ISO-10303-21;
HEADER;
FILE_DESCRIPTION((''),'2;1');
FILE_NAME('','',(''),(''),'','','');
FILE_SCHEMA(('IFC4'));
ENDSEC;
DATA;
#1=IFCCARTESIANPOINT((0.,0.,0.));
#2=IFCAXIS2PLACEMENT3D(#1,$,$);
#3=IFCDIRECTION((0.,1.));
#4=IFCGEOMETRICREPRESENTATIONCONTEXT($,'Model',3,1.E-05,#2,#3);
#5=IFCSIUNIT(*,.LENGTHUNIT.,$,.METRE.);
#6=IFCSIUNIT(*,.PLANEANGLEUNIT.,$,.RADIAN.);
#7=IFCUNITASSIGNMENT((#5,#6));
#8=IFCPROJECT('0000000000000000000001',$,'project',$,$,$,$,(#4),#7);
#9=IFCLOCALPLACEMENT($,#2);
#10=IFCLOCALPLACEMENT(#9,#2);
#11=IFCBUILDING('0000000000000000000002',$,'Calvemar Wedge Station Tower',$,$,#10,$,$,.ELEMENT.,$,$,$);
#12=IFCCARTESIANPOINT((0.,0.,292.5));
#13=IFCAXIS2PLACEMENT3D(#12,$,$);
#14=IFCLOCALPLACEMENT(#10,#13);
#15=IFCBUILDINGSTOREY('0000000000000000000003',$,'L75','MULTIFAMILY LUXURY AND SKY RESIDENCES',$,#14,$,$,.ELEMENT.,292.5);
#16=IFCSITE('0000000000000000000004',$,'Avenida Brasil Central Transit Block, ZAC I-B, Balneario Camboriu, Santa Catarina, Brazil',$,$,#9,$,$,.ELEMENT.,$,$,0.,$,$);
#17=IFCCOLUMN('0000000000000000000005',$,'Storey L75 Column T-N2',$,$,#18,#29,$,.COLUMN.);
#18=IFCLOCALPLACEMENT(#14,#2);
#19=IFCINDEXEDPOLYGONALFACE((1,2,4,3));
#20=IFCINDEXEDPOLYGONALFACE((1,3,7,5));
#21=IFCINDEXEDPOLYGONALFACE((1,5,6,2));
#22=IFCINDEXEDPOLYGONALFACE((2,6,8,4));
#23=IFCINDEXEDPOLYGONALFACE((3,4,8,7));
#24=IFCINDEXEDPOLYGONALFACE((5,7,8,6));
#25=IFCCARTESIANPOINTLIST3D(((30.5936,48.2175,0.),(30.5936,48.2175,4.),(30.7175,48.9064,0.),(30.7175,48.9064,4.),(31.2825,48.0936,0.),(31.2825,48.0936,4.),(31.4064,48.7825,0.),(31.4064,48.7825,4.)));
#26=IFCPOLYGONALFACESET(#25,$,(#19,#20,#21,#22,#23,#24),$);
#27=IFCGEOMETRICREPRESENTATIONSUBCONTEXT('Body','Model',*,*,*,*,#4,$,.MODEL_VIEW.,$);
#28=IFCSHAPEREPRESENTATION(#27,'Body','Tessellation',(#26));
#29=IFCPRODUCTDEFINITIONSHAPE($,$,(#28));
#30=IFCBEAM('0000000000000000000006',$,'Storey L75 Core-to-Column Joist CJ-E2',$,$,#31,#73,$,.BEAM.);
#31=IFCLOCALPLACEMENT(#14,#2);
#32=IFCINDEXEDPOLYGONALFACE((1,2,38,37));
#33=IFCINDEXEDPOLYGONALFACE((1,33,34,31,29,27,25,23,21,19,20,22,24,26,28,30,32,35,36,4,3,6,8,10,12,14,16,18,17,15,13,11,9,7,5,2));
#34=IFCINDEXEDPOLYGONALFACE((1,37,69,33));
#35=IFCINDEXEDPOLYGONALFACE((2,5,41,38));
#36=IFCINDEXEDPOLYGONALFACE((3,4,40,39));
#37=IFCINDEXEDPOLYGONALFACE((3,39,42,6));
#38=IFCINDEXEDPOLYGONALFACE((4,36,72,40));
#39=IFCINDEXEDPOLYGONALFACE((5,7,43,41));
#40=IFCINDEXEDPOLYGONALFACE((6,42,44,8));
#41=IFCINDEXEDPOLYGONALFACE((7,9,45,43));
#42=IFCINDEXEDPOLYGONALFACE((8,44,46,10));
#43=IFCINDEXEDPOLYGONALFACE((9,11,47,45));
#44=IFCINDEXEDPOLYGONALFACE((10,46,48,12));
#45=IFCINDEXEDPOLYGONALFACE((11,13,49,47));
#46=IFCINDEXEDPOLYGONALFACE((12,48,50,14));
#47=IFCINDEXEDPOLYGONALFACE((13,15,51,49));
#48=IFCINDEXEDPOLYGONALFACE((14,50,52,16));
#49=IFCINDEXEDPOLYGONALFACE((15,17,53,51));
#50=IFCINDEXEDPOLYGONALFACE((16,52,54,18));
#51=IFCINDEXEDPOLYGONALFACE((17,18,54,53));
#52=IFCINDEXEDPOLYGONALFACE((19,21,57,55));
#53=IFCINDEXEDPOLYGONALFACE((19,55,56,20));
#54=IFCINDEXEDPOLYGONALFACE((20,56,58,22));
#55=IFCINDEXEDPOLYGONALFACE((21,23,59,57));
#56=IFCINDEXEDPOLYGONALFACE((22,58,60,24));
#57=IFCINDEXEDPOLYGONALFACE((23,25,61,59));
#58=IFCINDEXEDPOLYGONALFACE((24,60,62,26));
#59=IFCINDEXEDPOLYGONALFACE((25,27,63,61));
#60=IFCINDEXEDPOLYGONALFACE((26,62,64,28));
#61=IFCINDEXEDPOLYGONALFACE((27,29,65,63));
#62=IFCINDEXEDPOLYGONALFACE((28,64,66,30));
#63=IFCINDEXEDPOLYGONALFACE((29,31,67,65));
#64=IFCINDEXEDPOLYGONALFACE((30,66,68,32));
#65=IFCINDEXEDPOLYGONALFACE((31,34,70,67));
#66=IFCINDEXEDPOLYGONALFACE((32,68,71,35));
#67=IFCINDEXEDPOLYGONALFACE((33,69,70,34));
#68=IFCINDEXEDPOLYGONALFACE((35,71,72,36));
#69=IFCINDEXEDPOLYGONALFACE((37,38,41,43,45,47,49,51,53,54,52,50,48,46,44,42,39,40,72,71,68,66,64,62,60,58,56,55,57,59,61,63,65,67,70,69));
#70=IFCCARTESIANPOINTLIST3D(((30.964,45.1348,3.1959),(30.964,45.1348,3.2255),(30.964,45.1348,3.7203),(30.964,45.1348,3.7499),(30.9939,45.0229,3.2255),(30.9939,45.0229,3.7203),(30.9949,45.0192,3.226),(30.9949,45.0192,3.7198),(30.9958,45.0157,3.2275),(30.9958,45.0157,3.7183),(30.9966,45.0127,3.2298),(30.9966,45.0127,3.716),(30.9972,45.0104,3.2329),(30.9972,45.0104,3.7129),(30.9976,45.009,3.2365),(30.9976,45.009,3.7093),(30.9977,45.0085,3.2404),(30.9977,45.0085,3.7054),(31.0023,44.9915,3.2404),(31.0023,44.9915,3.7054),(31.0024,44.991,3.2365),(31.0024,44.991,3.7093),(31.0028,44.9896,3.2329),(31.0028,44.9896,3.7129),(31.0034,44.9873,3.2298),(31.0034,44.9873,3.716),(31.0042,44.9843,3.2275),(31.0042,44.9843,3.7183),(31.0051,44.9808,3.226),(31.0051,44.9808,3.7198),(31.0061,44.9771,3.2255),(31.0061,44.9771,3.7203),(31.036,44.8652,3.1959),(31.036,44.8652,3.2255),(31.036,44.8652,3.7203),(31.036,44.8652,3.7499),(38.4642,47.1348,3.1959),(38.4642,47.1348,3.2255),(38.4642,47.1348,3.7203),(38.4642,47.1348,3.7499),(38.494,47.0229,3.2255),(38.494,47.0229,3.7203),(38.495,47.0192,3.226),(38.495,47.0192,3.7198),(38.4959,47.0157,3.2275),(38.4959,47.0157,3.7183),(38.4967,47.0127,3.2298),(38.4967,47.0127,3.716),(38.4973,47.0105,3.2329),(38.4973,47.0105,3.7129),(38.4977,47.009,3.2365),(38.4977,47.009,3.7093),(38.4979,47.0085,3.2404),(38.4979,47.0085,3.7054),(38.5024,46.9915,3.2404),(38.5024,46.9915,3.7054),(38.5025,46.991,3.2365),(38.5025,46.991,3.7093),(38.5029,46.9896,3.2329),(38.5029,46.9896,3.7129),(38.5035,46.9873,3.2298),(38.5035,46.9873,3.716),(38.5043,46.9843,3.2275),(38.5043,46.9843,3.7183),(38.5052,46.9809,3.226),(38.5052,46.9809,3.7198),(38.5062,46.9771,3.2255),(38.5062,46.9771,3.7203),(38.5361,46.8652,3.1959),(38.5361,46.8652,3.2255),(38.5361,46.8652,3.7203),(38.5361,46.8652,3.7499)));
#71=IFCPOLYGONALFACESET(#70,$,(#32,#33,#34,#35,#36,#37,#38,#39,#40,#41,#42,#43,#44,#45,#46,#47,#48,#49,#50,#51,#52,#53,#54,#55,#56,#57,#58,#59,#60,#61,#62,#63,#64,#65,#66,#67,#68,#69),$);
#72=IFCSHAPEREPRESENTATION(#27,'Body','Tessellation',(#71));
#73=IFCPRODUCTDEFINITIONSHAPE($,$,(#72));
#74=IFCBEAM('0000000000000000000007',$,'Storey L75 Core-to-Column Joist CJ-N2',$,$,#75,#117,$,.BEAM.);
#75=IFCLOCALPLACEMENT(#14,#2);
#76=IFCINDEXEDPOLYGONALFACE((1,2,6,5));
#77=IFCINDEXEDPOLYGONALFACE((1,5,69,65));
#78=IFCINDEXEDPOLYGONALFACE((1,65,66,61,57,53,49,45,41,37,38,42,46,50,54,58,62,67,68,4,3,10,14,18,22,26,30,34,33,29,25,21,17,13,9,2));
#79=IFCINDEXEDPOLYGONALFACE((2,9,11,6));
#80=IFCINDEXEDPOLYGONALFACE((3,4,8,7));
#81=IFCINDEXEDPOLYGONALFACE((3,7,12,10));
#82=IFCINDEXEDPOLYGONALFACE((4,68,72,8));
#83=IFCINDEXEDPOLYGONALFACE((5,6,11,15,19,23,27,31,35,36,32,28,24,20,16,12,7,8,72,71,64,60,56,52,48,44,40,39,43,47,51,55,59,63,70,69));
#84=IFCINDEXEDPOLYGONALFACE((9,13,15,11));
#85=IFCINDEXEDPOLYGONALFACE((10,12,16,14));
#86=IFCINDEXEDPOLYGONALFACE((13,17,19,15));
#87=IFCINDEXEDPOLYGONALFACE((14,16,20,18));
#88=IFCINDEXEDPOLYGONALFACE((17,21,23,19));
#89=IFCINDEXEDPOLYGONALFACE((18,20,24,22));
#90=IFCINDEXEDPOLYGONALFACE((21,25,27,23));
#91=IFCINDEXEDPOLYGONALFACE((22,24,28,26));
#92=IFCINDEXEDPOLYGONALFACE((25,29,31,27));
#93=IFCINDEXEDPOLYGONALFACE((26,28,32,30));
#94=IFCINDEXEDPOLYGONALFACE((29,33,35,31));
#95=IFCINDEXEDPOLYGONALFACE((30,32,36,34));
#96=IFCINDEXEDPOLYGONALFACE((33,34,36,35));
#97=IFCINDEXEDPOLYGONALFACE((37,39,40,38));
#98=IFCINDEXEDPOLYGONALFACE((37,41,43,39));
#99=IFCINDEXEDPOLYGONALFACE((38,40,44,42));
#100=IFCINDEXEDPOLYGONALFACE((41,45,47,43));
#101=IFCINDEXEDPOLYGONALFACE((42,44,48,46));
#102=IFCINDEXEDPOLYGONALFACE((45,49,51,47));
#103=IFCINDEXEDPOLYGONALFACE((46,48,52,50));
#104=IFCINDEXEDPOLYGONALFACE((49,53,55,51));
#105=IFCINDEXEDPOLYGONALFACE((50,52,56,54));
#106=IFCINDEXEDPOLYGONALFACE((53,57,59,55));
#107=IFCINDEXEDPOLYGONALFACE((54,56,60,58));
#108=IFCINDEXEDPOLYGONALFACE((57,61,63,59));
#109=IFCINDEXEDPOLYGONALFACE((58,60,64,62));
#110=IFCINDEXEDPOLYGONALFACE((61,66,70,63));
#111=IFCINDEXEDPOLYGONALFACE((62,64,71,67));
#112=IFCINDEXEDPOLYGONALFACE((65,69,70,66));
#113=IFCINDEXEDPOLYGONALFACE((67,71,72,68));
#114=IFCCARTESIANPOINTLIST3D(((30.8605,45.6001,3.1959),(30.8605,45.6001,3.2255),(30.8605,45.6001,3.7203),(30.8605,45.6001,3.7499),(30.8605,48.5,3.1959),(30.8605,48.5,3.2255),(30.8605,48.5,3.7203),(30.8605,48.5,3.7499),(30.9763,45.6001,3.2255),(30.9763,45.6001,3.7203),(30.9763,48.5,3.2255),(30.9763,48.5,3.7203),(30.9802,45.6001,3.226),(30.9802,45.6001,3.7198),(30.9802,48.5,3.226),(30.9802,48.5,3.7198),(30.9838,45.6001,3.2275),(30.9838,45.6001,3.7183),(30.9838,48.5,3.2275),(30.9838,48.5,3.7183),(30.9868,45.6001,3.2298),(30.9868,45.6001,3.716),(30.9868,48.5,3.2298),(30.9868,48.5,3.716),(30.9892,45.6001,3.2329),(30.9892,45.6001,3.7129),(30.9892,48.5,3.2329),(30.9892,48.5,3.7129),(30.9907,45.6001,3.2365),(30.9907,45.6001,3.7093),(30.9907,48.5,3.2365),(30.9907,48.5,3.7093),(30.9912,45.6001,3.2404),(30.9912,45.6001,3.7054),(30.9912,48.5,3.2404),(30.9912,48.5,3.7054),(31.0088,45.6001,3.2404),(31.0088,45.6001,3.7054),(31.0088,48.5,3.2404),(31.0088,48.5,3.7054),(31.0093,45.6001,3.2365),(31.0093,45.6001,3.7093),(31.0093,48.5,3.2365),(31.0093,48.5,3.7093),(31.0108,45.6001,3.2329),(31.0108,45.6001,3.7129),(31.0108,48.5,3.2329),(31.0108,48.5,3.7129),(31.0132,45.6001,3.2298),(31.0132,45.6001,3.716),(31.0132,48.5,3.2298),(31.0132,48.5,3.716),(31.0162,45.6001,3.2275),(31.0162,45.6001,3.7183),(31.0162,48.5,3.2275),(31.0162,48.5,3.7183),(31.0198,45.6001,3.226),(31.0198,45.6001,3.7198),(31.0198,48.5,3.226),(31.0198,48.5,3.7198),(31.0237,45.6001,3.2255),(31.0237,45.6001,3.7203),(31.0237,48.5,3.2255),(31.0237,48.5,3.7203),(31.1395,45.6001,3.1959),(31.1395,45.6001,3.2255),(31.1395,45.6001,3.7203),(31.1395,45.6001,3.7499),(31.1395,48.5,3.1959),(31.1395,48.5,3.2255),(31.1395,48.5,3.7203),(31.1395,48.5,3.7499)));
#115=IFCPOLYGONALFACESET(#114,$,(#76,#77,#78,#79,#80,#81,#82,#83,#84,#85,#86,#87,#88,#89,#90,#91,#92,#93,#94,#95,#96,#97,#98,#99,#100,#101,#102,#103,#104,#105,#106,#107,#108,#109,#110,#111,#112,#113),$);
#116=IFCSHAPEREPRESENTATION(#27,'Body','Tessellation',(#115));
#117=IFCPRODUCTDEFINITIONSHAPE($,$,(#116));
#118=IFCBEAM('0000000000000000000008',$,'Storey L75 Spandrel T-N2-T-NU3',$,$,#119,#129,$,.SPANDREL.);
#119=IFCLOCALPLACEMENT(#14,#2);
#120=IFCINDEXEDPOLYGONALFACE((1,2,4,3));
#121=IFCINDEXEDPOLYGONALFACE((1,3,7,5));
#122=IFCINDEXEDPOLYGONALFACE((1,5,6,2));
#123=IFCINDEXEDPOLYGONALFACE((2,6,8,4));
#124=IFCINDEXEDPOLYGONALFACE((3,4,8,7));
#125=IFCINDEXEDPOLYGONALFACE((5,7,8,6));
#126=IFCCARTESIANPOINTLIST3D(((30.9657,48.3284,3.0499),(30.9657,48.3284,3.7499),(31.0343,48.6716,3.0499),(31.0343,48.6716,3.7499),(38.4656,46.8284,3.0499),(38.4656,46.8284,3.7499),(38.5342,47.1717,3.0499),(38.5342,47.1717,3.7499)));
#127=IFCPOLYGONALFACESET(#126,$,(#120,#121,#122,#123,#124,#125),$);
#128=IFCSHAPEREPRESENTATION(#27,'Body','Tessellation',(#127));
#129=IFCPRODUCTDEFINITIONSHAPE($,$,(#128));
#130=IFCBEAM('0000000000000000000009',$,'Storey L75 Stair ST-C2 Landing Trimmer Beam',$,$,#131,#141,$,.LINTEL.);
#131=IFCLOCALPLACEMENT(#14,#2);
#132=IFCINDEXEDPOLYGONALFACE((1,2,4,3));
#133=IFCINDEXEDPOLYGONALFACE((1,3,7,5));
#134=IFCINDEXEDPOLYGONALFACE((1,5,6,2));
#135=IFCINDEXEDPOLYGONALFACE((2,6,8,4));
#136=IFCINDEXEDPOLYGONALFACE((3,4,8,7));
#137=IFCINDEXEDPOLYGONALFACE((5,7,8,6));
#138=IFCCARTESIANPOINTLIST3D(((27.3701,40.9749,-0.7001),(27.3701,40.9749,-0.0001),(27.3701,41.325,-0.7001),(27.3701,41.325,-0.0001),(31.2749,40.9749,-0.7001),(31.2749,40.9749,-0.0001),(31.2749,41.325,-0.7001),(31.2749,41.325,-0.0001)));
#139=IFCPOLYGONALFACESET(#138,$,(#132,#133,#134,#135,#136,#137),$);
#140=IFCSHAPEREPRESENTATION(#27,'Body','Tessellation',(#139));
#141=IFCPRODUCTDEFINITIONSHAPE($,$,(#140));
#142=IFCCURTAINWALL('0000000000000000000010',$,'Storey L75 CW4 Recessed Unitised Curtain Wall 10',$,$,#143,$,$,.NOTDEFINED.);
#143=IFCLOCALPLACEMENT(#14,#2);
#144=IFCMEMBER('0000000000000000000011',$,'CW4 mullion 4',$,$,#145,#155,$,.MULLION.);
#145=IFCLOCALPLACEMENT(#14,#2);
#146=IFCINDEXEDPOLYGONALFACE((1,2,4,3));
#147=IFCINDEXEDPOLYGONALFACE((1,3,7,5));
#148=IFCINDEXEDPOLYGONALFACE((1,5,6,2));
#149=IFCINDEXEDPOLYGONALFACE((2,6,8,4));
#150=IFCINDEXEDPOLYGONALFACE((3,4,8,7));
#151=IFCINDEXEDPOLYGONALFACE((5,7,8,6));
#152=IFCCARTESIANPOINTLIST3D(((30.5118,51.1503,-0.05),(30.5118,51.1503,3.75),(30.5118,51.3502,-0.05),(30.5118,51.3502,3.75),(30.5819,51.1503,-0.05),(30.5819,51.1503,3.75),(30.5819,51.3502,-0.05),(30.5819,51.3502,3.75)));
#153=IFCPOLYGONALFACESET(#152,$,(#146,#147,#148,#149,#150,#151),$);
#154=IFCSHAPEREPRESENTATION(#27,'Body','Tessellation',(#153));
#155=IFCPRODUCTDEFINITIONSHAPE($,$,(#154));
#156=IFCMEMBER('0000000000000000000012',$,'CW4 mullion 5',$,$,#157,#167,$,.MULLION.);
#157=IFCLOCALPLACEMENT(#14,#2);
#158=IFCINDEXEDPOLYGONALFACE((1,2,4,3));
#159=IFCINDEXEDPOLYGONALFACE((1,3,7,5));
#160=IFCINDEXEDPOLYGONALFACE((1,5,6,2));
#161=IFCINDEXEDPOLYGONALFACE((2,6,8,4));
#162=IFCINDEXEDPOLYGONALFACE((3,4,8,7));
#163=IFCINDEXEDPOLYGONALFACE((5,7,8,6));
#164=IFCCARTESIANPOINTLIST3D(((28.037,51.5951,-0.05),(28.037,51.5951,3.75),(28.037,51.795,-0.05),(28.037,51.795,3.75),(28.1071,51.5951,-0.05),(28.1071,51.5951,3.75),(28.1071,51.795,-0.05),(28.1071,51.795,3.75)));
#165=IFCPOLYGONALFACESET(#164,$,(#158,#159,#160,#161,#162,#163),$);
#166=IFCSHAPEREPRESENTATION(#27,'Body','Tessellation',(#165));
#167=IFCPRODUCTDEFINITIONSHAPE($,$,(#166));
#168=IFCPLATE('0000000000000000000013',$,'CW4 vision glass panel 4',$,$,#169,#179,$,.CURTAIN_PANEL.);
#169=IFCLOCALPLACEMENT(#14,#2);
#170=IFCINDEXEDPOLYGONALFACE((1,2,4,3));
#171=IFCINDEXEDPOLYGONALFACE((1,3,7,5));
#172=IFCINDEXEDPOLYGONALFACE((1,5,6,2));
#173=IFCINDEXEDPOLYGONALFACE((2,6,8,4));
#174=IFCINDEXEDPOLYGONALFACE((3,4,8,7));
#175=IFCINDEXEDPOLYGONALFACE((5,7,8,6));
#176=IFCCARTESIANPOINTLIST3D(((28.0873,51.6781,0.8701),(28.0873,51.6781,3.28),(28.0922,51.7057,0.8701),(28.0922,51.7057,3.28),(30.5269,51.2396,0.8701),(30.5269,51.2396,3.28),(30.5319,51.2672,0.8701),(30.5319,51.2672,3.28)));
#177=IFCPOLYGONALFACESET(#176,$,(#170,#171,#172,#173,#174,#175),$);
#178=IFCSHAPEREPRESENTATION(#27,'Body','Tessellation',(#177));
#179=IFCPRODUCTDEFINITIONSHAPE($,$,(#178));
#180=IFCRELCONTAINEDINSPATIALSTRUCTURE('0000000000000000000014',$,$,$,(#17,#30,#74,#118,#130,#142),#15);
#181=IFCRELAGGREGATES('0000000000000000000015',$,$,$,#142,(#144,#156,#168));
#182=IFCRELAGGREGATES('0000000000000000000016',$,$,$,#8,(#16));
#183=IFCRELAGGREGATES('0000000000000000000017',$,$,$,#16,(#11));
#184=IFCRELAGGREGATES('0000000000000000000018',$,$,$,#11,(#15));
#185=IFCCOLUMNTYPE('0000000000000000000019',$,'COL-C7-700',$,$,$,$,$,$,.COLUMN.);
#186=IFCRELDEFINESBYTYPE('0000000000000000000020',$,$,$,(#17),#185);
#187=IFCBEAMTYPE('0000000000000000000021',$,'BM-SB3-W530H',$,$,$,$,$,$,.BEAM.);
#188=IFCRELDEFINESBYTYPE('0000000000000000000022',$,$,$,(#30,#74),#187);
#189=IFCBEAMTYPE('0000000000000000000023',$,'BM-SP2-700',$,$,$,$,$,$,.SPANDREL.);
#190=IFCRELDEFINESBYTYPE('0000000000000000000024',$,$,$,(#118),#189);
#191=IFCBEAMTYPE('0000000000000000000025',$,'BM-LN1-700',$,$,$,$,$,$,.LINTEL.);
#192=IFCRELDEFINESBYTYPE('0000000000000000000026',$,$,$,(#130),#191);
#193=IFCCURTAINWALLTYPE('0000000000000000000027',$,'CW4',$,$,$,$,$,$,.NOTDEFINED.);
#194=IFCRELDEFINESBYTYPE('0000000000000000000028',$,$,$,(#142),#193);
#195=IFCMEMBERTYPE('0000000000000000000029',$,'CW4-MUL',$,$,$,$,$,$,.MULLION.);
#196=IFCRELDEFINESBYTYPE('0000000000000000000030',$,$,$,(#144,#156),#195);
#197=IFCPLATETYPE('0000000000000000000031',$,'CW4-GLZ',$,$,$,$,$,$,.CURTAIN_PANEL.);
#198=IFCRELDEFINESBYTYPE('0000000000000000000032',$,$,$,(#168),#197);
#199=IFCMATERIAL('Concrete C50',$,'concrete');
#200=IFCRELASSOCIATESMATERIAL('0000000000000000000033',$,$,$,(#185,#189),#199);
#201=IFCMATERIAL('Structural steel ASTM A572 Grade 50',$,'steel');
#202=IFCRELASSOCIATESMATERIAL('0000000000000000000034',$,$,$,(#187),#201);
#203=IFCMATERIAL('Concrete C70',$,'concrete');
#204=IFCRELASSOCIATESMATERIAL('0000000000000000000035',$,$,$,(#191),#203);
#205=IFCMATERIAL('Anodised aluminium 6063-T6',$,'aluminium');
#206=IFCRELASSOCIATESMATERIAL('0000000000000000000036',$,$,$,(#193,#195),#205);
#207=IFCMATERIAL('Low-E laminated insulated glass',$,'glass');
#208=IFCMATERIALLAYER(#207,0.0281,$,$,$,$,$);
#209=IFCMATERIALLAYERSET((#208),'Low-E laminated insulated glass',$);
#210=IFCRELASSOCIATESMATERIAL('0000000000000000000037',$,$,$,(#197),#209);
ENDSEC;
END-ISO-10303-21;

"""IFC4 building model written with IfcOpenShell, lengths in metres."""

from ifc_helpers import new_model, si_unit, direction, frame, frame_2d, origin, origin_2d, place, context, subcontext, project, spatial, rectangle, i_section, extrude, source, transform, mapped, material, layer, layer_set, material_profile, profile_set, type_object, element, aggregate, save


model = new_model("IFC4")

# Units and contexts
model_context = context("Model", 3, precision=1e-05, world=origin(), true_north=direction((0.0, 1.0)))
body_context = subcontext(model_context, "Body", "Model", "MODEL_VIEW")
ifc_project = project(units=[si_unit("LENGTHUNIT", "METRE"), si_unit("PLANEANGLEUNIT", "RADIAN")], contexts=[model_context])

# Site, building, storey
site_placement = place(None, origin())
site = spatial("IfcSite", under=ifc_project, at=site_placement, Name="Avenida Brasil Central Transit Block, ZAC I-B, Balneario Camboriu, Santa Catarina, Brazil", CompositionType="ELEMENT", RefElevation=0.0)
building_placement = place(site_placement, origin())
building = spatial("IfcBuilding", under=site, at=building_placement, Name="Calvemar Wedge Station Tower", CompositionType="ELEMENT")
storey_placement = place(building_placement, frame((0.0, 0.0, 292.5)))
storey = spatial("IfcBuildingStorey", under=building, at=storey_placement, Name="L75", Description="MULTIFAMILY LUXURY AND SKY RESIDENCES", CompositionType="ELEMENT", Elevation=292.5)

# Column
ifc_material_1 = material(Name="Concrete C50", Category="concrete")
ifc_material_profile_1 = material_profile(ifc_material_1, rectangle(XDim=0.7, YDim=0.7, at=origin_2d()), Name="RC700x700")
ifc_profile_set_1 = profile_set([ifc_material_profile_1], Name="Concrete C50")
column_type = type_object("IfcColumnType", Name="COL-C7-700", PredefinedType="COLUMN", material=ifc_profile_set_1)
shared_shape_1 = source(origin(), body_context, "Body", "SweptSolid", [
    extrude(rectangle(XDim=0.7, YDim=0.7, at=origin_2d()), origin(), (0.0, 0.0, 1.0), 4.0),
])
column_placement = place(storey_placement, frame((31.0, 48.5, 0.0), z_axis=(0.0, 0.0, 1.0), x_axis=(0.984196, -0.177085, 0.0)))
element("IfcColumn", 1, at=column_placement, inside=storey, type_object=column_type, Name="Storey L75 Column T-N2", PredefinedType="COLUMN", context=body_context, shape_type="MappedRepresentation", body=[
    mapped(shared_shape_1, transform((0.0, 0.0, 0.0), scale=1.0)),
])

# Beams
ifc_material_2 = material(Name="Structural steel ASTM A572 Grade 50", Category="steel")
ifc_material_profile_2 = material_profile(ifc_material_2, i_section(OverallWidth=0.2791, OverallDepth=0.554, WebThickness=0.0176, FlangeThickness=0.0295, FilletRadius=0.0149, at=origin_2d()), Name="W530x196")
ifc_profile_set_2 = profile_set([ifc_material_profile_2], Name="Structural steel ASTM A572 Grade 50")
beam_type_1 = type_object("IfcBeamType", Name="BM-SB3-W530H", PredefinedType="BEAM", material=ifc_profile_set_2)
shared_shape_2 = source(origin(), body_context, "Body", "SweptSolid", [
    extrude(i_section(OverallWidth=0.2791, OverallDepth=0.554, WebThickness=0.0176, FlangeThickness=0.0295, FilletRadius=0.0149, at=origin_2d()), origin(), (0.0, 0.0, 1.0), 7.7622),
])
beam_1_placement = place(storey_placement, frame((31.0, 45.0, 3.4729), z_axis=(0.966235, 0.257663, 0.0), x_axis=(-0.257663, 0.966235, 0.0)))
element("IfcBeam", 2, at=beam_1_placement, inside=storey, type_object=beam_type_1, Name="Storey L75 Core-to-Column Joist CJ-E2", PredefinedType="BEAM", context=body_context, shape_type="MappedRepresentation", body=[
    mapped(shared_shape_2, transform((0.0, 0.0, 0.0), scale=1.0)),
])
shared_shape_3 = source(origin(), body_context, "Body", "SweptSolid", [
    extrude(i_section(OverallWidth=0.2791, OverallDepth=0.554, WebThickness=0.0176, FlangeThickness=0.0295, FilletRadius=0.0149, at=origin_2d()), origin(), (0.0, 0.0, 1.0), 2.8999),
])
beam_2_placement = place(storey_placement, frame((31.0, 45.6001, 3.4729), z_axis=(0.0, 1.0, 0.0), x_axis=(-1.0, 0.0, 0.0)))
element("IfcBeam", 3, at=beam_2_placement, inside=storey, type_object=beam_type_1, Name="Storey L75 Core-to-Column Joist CJ-N2", PredefinedType="BEAM", context=body_context, shape_type="MappedRepresentation", body=[
    mapped(shared_shape_3, transform((0.0, 0.0, 0.0), scale=1.0)),
])
ifc_material_profile_3 = material_profile(ifc_material_1, rectangle(XDim=0.3501, YDim=0.7, at=origin_2d()), Name="RC350x700")
ifc_profile_set_3 = profile_set([ifc_material_profile_3], Name="Concrete C50")
beam_type_2 = type_object("IfcBeamType", Name="BM-SP2-700", PredefinedType="SPANDREL", material=ifc_profile_set_3)
shared_shape_4 = source(origin(), body_context, "Body", "SweptSolid", [
    extrude(rectangle(XDim=0.3501, YDim=0.7, at=origin_2d()), origin(), (0.0, 0.0, 1.0), 7.6484),
])
beam_3_placement = place(storey_placement, frame((31.0, 48.5, 3.3999), z_axis=(0.980581, -0.196116, 0.0), x_axis=(0.196116, 0.980581, 0.0)))
element("IfcBeam", 4, at=beam_3_placement, inside=storey, type_object=beam_type_2, Name="Storey L75 Spandrel T-N2-T-NU3", PredefinedType="SPANDREL", context=body_context, shape_type="MappedRepresentation", body=[
    mapped(shared_shape_4, transform((0.0, 0.0, 0.0), scale=1.0)),
])
ifc_material_3 = material(Name="Concrete C70", Category="concrete")
ifc_material_profile_4 = material_profile(ifc_material_3, rectangle(XDim=0.3501, YDim=0.7, at=origin_2d()), Name="RC350x700")
ifc_profile_set_4 = profile_set([ifc_material_profile_4], Name="Concrete C70")
beam_type_3 = type_object("IfcBeamType", Name="BM-LN1-700", PredefinedType="LINTEL", material=ifc_profile_set_4)
shared_shape_5 = source(origin(), body_context, "Body", "SweptSolid", [
    extrude(rectangle(XDim=0.3501, YDim=0.7, at=origin_2d()), origin(), (0.0, 0.0, 1.0), 3.9048),
])
beam_4_placement = place(storey_placement, frame((27.3701, 41.1499, -0.3501), z_axis=(1.0, 0.0, 0.0), x_axis=(0.0, 1.0, 0.0)))
element("IfcBeam", 5, at=beam_4_placement, inside=storey, type_object=beam_type_3, Name="Storey L75 Stair ST-C2 Landing Trimmer Beam", PredefinedType="LINTEL", context=body_context, shape_type="MappedRepresentation", body=[
    mapped(shared_shape_5, transform((0.0, 0.0, 0.0), scale=1.0)),
])

# Curtain wall, members, plate
ifc_material_4 = material(Name="Anodised aluminium 6063-T6", Category="aluminium")
curtain_wall_type = type_object("IfcCurtainWallType", Name="CW4", PredefinedType="NOTDEFINED", material=ifc_material_4)
curtain_wall_placement = place(storey_placement, origin())
curtain_wall = element("IfcCurtainWall", 6, at=curtain_wall_placement, inside=storey, type_object=curtain_wall_type, Name="Storey L75 CW4 Recessed Unitised Curtain Wall 10", PredefinedType="NOTDEFINED")
ifc_material_profile_5 = material_profile(ifc_material_4, rectangle(XDim=0.0701, YDim=0.2, at=origin_2d()), Name="AL-MUL-70x200")
ifc_profile_set_5 = profile_set([ifc_material_profile_5], Name="Anodised aluminium 6063-T6")
member_type = type_object("IfcMemberType", Name="CW4-MUL", PredefinedType="MULLION", material=ifc_profile_set_5)
shared_shape_6 = source(origin(), body_context, "Body", "SweptSolid", [
    extrude(rectangle(XDim=0.0701, YDim=0.2, at=origin_2d()), origin(), (0.0, 0.0, 1.0), 3.8),
])
member_1_placement = place(storey_placement, frame((30.5469, 51.2502, -0.05), z_axis=(0.0, 0.0, 1.0), x_axis=(1.0, 0.0, 0.0)))
member_1 = element("IfcMember", 7, at=member_1_placement, type_object=member_type, Name="CW4 mullion 4", PredefinedType="MULLION", context=body_context, shape_type="MappedRepresentation", body=[
    mapped(shared_shape_6, transform((0.0, 0.0, 0.0), scale=1.0)),
])
member_2_placement = place(storey_placement, frame((28.072, 51.6951, -0.05), z_axis=(0.0, 0.0, 1.0), x_axis=(1.0, 0.0, 0.0)))
member_2 = element("IfcMember", 8, at=member_2_placement, type_object=member_type, Name="CW4 mullion 5", PredefinedType="MULLION", context=body_context, shape_type="MappedRepresentation", body=[
    mapped(shared_shape_6, transform((0.0, 0.0, 0.0), scale=1.0)),
])
ifc_material_5 = material(Name="Low-E laminated insulated glass", Category="glass")
ifc_layer_1 = layer(ifc_material_5, 0.0281)
ifc_layer_set_1 = layer_set([ifc_layer_1], Name="Low-E laminated insulated glass")
plate_type_1 = type_object("IfcPlateType", Name="CW4-GLZ", PredefinedType="CURTAIN_PANEL", material=ifc_layer_set_1)
plate_1_placement = place(storey_placement, frame((30.5293, 51.2534, 0.8701), z_axis=(0.0, 0.0, 1.0), x_axis=(-0.98423, 0.176892, 0.0)))
plate_1 = element("IfcPlate", 9, at=plate_1_placement, type_object=plate_type_1, Name="CW4 vision glass panel 4", PredefinedType="CURTAIN_PANEL", context=body_context, shape_type="SweptSolid", body=[
    extrude(rectangle(XDim=2.4788, YDim=0.0281, at=frame_2d((1.2393, 0.0))), origin(), (0.0, 0.0, 1.0), 2.4099),
])
aggregate(curtain_wall, [member_1, member_2, plate_1])

save(model, "model.ifc")
